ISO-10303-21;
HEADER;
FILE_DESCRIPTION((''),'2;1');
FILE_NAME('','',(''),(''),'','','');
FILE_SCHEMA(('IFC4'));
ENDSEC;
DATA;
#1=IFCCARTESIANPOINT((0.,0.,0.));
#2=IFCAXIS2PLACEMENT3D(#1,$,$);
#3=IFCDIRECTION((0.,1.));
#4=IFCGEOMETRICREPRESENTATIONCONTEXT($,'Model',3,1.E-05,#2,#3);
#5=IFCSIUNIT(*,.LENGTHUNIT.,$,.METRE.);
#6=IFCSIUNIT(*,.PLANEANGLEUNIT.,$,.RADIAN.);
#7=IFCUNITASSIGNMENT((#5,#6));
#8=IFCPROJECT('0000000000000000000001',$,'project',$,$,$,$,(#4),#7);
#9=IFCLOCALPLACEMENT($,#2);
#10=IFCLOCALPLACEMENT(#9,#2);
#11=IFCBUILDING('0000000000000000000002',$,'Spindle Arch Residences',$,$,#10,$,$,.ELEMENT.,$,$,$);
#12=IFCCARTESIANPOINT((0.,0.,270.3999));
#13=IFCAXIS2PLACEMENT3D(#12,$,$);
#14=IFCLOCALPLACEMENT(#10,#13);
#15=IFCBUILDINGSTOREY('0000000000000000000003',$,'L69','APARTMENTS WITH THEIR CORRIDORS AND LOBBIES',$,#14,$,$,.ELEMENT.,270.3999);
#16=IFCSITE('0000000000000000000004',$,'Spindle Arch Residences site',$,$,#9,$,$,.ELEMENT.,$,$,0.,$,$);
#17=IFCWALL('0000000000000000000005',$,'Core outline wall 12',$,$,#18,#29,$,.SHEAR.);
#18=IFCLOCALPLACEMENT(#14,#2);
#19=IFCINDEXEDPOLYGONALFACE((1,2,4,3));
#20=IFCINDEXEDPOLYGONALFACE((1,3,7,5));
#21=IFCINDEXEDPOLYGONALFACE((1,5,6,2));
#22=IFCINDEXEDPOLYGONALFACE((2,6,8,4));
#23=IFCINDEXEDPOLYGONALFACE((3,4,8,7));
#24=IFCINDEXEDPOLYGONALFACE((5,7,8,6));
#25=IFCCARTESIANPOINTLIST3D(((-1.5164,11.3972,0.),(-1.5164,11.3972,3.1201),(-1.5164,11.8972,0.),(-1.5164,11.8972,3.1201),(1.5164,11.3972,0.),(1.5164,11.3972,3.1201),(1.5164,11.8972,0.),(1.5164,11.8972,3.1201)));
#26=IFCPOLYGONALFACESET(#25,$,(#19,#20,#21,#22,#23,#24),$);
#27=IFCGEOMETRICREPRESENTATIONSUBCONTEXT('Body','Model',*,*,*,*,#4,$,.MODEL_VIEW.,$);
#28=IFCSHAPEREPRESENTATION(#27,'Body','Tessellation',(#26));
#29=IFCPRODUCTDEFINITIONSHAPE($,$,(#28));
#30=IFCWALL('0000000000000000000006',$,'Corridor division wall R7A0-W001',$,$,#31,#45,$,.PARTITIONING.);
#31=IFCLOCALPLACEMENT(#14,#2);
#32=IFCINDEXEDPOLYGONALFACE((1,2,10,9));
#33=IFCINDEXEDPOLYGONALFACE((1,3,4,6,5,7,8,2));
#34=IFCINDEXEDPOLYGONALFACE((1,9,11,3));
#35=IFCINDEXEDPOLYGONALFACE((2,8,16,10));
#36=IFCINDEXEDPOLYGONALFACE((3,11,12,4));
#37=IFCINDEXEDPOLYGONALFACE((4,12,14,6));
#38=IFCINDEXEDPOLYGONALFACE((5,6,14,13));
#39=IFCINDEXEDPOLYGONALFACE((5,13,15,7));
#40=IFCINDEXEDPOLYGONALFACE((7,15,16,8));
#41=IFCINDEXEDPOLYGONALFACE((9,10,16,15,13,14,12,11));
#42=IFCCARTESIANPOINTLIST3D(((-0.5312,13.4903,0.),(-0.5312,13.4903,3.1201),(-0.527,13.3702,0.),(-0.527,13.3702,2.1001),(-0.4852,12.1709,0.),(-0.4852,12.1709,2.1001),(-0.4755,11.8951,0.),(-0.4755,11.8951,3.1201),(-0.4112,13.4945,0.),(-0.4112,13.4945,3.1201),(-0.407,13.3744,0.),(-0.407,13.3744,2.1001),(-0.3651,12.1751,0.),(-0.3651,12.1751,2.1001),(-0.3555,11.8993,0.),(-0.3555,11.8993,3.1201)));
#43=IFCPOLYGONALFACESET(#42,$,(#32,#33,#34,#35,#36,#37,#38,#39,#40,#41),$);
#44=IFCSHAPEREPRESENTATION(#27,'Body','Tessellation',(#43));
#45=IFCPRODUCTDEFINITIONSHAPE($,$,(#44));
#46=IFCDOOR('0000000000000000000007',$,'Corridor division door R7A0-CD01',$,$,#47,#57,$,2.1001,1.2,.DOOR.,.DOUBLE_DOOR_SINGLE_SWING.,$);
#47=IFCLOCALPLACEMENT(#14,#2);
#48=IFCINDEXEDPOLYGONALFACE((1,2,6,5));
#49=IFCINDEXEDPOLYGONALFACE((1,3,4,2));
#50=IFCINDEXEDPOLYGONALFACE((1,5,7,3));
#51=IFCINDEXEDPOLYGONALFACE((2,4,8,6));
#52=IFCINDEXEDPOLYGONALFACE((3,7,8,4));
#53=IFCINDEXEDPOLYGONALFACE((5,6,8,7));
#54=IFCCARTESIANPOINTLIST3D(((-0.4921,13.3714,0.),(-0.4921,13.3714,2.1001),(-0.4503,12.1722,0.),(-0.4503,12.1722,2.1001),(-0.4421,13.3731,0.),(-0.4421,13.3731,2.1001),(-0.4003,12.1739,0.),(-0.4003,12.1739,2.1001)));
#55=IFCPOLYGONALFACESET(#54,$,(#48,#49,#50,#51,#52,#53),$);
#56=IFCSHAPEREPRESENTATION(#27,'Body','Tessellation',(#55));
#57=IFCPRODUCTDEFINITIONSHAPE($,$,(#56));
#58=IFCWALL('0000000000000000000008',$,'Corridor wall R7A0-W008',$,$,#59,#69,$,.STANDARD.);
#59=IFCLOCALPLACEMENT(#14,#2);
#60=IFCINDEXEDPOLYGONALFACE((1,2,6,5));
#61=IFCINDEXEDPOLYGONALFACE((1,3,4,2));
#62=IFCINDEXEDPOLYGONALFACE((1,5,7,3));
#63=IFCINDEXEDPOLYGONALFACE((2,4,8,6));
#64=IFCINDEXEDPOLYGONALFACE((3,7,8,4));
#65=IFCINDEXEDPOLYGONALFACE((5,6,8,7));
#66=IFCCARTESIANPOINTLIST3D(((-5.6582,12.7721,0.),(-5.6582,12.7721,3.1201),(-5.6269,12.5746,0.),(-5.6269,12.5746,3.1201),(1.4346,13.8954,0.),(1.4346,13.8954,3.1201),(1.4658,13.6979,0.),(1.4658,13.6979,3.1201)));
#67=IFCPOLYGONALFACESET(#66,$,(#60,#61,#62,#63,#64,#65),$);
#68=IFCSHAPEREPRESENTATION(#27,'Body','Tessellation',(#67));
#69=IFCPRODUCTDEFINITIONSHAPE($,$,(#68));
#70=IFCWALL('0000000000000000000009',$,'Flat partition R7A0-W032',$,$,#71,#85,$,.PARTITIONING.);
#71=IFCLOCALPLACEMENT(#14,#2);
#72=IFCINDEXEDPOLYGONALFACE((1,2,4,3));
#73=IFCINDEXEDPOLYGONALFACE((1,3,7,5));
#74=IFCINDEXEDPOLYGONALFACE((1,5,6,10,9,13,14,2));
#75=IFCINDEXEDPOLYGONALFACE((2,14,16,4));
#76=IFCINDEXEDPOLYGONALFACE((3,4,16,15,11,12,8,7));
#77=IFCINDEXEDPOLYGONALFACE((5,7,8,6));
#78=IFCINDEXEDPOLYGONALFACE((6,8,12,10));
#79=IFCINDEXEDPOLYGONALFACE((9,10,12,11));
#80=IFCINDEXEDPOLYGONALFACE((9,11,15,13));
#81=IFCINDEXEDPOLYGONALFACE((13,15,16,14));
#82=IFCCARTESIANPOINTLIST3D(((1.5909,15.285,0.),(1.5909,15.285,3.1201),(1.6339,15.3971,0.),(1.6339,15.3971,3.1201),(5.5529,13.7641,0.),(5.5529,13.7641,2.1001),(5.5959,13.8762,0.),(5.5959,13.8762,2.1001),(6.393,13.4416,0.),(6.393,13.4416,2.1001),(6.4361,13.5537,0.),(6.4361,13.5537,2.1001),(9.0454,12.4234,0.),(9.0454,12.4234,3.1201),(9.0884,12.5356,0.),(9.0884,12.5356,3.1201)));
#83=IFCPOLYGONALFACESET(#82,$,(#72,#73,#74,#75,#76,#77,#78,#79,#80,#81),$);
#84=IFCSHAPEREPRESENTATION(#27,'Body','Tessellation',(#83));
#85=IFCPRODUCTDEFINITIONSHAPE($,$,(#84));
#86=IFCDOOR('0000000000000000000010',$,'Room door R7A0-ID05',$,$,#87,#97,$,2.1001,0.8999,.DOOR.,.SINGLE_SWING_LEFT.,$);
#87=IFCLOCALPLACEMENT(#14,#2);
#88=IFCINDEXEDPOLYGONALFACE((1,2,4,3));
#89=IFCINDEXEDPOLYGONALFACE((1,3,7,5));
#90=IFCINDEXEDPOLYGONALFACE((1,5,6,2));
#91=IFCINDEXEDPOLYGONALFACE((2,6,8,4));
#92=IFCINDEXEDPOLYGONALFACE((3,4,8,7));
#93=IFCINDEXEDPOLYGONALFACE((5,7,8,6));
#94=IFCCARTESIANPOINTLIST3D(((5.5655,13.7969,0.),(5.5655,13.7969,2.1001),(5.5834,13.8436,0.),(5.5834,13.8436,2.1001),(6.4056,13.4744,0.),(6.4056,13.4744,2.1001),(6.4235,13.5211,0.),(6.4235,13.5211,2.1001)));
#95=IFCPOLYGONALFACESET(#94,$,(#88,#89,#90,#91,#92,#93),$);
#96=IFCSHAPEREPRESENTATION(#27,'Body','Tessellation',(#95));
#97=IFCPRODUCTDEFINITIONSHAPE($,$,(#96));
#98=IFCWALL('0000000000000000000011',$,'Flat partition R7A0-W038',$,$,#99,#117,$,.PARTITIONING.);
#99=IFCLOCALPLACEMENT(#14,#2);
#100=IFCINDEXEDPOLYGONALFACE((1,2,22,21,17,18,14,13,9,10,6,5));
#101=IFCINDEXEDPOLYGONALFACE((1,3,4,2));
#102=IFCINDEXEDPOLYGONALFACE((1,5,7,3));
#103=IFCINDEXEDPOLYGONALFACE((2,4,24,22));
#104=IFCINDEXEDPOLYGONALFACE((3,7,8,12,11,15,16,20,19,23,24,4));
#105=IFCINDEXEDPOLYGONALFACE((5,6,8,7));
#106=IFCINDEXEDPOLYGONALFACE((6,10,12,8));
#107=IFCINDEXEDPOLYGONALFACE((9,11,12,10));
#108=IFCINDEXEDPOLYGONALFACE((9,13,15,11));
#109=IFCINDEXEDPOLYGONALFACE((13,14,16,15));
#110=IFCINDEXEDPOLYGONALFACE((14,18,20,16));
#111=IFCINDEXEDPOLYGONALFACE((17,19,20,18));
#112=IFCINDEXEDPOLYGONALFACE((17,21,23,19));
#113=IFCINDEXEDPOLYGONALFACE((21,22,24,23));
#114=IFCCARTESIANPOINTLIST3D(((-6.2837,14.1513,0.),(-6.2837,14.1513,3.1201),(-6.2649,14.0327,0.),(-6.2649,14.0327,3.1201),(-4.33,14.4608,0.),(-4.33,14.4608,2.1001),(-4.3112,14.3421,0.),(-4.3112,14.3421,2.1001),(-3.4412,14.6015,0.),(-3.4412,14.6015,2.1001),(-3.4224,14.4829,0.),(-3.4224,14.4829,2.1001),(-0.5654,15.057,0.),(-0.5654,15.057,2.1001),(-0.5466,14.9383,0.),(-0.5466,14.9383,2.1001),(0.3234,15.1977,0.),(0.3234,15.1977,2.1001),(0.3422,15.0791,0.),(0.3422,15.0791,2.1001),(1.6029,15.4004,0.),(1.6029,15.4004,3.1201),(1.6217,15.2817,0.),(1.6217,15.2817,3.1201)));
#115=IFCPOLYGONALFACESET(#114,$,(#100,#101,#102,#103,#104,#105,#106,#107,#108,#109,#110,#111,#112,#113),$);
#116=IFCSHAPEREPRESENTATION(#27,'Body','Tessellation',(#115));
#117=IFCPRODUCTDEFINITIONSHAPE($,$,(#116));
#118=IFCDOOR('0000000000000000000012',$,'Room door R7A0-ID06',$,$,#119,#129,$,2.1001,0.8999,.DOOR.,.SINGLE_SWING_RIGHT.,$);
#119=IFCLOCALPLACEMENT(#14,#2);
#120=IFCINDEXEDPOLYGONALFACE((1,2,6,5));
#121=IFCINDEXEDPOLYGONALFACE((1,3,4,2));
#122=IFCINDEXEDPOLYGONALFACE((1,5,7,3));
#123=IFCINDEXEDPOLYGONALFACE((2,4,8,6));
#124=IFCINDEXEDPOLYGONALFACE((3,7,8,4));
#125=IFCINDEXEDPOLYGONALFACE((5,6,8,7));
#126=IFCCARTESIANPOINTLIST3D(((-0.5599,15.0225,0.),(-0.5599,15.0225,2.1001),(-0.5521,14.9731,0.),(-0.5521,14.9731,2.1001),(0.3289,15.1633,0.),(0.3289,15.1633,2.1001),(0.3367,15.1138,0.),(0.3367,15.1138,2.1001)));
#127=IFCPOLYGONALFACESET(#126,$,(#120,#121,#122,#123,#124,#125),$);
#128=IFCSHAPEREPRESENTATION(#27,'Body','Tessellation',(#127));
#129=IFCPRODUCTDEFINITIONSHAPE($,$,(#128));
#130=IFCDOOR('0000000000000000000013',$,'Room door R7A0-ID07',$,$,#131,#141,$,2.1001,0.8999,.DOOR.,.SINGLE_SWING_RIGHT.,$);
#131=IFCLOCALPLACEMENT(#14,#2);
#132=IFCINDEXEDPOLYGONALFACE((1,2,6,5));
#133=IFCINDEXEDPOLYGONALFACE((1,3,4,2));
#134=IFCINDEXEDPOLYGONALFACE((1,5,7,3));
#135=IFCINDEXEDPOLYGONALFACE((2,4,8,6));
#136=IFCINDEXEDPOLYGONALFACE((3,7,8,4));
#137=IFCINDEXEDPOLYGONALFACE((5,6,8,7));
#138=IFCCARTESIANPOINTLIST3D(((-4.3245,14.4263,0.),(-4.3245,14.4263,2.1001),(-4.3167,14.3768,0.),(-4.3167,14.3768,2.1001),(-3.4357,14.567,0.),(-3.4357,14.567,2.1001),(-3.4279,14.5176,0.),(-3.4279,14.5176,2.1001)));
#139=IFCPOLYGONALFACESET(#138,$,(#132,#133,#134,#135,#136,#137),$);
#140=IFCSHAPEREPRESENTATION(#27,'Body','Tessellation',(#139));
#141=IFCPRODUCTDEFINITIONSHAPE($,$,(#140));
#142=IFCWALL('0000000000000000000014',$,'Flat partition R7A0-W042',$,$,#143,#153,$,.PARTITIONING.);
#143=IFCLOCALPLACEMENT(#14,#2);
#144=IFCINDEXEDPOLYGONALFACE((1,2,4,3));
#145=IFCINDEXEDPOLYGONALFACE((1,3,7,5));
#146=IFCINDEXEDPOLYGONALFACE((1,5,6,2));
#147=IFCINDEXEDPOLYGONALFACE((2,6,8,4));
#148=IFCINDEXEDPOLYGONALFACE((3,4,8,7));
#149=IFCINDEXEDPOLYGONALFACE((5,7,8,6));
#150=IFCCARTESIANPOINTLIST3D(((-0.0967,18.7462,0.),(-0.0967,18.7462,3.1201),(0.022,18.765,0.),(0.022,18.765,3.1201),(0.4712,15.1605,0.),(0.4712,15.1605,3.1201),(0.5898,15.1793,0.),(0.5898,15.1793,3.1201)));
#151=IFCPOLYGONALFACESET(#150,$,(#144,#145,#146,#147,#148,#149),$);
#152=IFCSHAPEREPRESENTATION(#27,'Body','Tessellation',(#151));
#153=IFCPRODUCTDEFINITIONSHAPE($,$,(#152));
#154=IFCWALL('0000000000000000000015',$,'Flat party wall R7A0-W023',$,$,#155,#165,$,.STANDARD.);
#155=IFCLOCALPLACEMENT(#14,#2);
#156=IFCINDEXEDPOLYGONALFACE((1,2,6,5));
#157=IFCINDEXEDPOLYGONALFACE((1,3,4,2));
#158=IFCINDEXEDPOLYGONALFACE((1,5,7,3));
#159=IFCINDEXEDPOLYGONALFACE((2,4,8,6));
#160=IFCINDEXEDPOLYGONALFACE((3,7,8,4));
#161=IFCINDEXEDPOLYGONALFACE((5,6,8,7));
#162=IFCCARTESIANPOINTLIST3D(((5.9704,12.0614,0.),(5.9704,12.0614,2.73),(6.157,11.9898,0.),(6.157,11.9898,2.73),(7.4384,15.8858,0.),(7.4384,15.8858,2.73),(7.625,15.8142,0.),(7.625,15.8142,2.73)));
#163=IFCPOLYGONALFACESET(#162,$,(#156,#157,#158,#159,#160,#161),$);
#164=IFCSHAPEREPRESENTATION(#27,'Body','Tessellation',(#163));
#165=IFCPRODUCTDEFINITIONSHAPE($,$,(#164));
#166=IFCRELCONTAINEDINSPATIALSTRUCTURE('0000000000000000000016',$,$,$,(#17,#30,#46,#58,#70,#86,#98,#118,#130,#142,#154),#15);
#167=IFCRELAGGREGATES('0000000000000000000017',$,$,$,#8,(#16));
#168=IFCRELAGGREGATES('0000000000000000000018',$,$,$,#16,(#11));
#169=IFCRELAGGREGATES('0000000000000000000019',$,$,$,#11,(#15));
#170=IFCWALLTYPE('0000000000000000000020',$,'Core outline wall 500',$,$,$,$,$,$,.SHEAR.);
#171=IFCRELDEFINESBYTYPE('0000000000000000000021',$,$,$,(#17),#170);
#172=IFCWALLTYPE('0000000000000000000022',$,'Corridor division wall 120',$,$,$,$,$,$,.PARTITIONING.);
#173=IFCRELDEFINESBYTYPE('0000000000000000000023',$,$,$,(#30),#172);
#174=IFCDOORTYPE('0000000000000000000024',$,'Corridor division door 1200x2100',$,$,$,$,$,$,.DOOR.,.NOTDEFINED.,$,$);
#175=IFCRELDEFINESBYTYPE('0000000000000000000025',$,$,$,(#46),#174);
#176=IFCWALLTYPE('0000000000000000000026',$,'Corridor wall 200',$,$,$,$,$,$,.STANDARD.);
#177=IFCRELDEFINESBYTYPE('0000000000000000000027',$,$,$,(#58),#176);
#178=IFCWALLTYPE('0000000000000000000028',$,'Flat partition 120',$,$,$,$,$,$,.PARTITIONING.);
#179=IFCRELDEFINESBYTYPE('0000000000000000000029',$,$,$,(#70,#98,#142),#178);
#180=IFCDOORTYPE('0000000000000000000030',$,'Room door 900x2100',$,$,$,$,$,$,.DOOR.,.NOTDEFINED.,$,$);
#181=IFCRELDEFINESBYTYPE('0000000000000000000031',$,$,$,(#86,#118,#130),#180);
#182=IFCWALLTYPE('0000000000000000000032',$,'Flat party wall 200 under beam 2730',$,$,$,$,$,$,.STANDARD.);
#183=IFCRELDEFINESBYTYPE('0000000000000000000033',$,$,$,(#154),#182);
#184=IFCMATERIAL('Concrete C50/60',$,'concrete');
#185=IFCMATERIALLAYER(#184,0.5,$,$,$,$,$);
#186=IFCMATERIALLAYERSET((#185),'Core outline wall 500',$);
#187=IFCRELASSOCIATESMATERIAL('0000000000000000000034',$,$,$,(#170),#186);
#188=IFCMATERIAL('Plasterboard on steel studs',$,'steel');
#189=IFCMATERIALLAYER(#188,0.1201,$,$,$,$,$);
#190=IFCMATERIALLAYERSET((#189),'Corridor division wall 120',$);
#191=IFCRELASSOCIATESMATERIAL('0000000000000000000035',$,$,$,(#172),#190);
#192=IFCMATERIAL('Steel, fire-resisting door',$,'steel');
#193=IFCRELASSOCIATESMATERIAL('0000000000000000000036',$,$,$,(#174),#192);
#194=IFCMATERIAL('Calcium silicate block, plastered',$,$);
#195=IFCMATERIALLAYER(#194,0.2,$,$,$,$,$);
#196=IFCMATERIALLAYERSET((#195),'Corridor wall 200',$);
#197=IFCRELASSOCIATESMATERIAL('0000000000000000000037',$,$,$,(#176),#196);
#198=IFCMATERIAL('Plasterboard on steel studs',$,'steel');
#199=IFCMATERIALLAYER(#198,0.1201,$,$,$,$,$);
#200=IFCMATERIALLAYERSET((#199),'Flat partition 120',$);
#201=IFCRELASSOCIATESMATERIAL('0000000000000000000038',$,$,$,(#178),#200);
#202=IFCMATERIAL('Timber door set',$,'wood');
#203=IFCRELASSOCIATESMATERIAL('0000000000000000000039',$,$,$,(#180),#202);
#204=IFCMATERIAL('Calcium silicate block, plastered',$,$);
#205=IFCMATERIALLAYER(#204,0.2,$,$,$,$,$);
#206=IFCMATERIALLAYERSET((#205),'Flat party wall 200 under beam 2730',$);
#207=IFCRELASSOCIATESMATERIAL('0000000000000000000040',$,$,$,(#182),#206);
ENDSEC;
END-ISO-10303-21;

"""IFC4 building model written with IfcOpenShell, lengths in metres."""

from ifc_helpers import new_model, si_unit, direction, frame, frame_2d, origin, place, context, subcontext, project, spatial, rectangle, extrude, material, layer, layer_set, type_object, element, fill, save


model = new_model("IFC4")

# Units and contexts
model_context = context("Model", 3, precision=1e-05, world=origin(), true_north=direction((0.0, 1.0)))
body_context = subcontext(model_context, "Body", "Model", "MODEL_VIEW")
ifc_project = project(units=[si_unit("LENGTHUNIT", "METRE"), si_unit("PLANEANGLEUNIT", "RADIAN")], contexts=[model_context])

# Site, building, storey
site_placement = place(None, origin())
site = spatial("IfcSite", under=ifc_project, at=site_placement, Name="Spindle Arch Residences site", CompositionType="ELEMENT", RefElevation=0.0)
building_placement = place(site_placement, origin())
building = spatial("IfcBuilding", under=site, at=building_placement, Name="Spindle Arch Residences", CompositionType="ELEMENT")
storey_placement = place(building_placement, frame((0.0, 0.0, 270.3999)))
storey = spatial("IfcBuildingStorey", under=building, at=storey_placement, Name="L69", Description="APARTMENTS WITH THEIR CORRIDORS AND LOBBIES", CompositionType="ELEMENT", Elevation=270.3999)

# Wall
ifc_material_1 = material(Name="Concrete C50/60", Category="concrete")
ifc_layer_1 = layer(ifc_material_1, 0.5)
ifc_layer_set_1 = layer_set([ifc_layer_1], Name="Core outline wall 500")
wall_type_1 = type_object("IfcWallType", Name="Core outline wall 500", PredefinedType="SHEAR", material=ifc_layer_set_1)
wall_1_placement = place(storey_placement, frame((1.5164, 11.6472, 0.0), z_axis=(0.0, 0.0, 1.0), x_axis=(-1.0, 0.0, 0.0)))
element("IfcWall", 1, at=wall_1_placement, inside=storey, type_object=wall_type_1, Name="Core outline wall 12", PredefinedType="SHEAR", context=body_context, shape_type="SweptSolid", body=[
    extrude(rectangle(XDim=3.0327, YDim=0.5, at=frame_2d((1.5164, 0.0))), origin(), (0.0, 0.0, 1.0), 3.1201),
])

# Wall, opening, door
ifc_material_2 = material(Name="Plasterboard on steel studs", Category="steel")
ifc_layer_2 = layer(ifc_material_2, 0.1201)
ifc_layer_set_2 = layer_set([ifc_layer_2], Name="Corridor division wall 120")
wall_type_2 = type_object("IfcWallType", Name="Corridor division wall 120", PredefinedType="PARTITIONING", material=ifc_layer_set_2)
wall_2_placement = place(storey_placement, frame((-0.4712, 13.4924, 0.0), z_axis=(0.0, 0.0, 1.0), x_axis=(0.034873, -0.999392, 0.0)))
wall_2 = element("IfcWall", 2, at=wall_2_placement, inside=storey, type_object=wall_type_2, Name="Corridor division wall R7A0-W001", PredefinedType="PARTITIONING", context=body_context, shape_type="SweptSolid", body=[
    extrude(rectangle(XDim=1.5962, YDim=0.1201, at=frame_2d((0.7981, 0.0))), origin(), (0.0, 0.0, 1.0), 3.1201),
])
opening_1_placement = place(wall_2_placement, frame((0.1201, 0.0, 0.0)))
opening_1 = element("IfcOpeningElement", 3, at=opening_1_placement, cuts=wall_2, PredefinedType="OPENING", context=body_context, shape_type="SweptSolid", body=[
    extrude(rectangle(XDim=1.2, YDim=2.1001, at=frame_2d((0.6001, 1.05))), frame((0.0, 0.0701, 0.0), z_axis=(0.0, -1.0, 0.0), x_axis=(1.0, 0.0, 0.0)), (0.0, 0.0, 1.0), 0.1401),
])
ifc_material_3 = material(Name="Steel, fire-resisting door", Category="steel")
door_type_1 = type_object("IfcDoorType", Name="Corridor division door 1200x2100", OperationType="NOTDEFINED", PredefinedType="DOOR", material=ifc_material_3)
door_1_placement = place(opening_1_placement, origin())
door_1 = element("IfcDoor", 4, at=door_1_placement, inside=storey, type_object=door_type_1, Name="Corridor division door R7A0-CD01", OperationType="DOUBLE_DOOR_SINGLE_SWING", OverallHeight=2.1001, OverallWidth=1.2, PredefinedType="DOOR", context=body_context, shape_type="SweptSolid", body=[
    extrude(rectangle(XDim=1.2, YDim=2.1001, at=frame_2d((0.6001, 1.05))), frame((0.0, 0.0249, 0.0), z_axis=(0.0, -1.0, 0.0), x_axis=(1.0, 0.0, 0.0)), (0.0, 0.0, 1.0), 0.05),
])
fill(opening_1, door_1)

# Wall
ifc_material_4 = material(Name="Calcium silicate block, plastered")
ifc_layer_3 = layer(ifc_material_4, 0.2)
ifc_layer_set_3 = layer_set([ifc_layer_3], Name="Corridor wall 200")
wall_type_3 = type_object("IfcWallType", Name="Corridor wall 200", PredefinedType="STANDARD", material=ifc_layer_set_3)
wall_3_placement = place(storey_placement, frame((1.4502, 13.7966, 0.0), z_axis=(0.0, 0.0, 1.0), x_axis=(-0.98769, -0.156422, 0.0)))
element("IfcWall", 5, at=wall_3_placement, inside=storey, type_object=wall_type_3, Name="Corridor wall R7A0-W008", PredefinedType="STANDARD", context=body_context, shape_type="SweptSolid", body=[
    extrude(rectangle(XDim=7.1812, YDim=0.2, at=frame_2d((3.5906, 0.0))), origin(), (0.0, 0.0, 1.0), 3.1201),
])

# Wall, opening, door
ifc_material_5 = material(Name="Plasterboard on steel studs", Category="steel")
ifc_layer_4 = layer(ifc_material_5, 0.1201)
ifc_layer_set_4 = layer_set([ifc_layer_4], Name="Flat partition 120")
wall_type_4 = type_object("IfcWallType", Name="Flat partition 120", PredefinedType="PARTITIONING", material=ifc_layer_set_4)
wall_4_placement = place(storey_placement, frame((9.0669, 12.4795, 0.0), z_axis=(0.0, 0.0, 1.0), x_axis=(-0.933579, 0.35837, 0.0)))
wall_4 = element("IfcWall", 6, at=wall_4_placement, inside=storey, type_object=wall_type_4, Name="Flat partition R7A0-W032", PredefinedType="PARTITIONING", context=body_context, shape_type="SweptSolid", body=[
    extrude(rectangle(XDim=7.9849, YDim=0.1201, at=frame_2d((3.9924, 0.0))), origin(), (0.0, 0.0, 1.0), 3.1201),
])
opening_2_placement = place(wall_4_placement, frame((2.8411, 0.0, 0.0)))
opening_2 = element("IfcOpeningElement", 7, at=opening_2_placement, cuts=wall_4, PredefinedType="OPENING", context=body_context, shape_type="SweptSolid", body=[
    extrude(rectangle(XDim=0.8999, YDim=2.1001, at=frame_2d((0.45, 1.05))), frame((0.0, 0.0701, 0.0), z_axis=(0.0, -1.0, 0.0), x_axis=(1.0, 0.0, 0.0)), (0.0, 0.0, 1.0), 0.1401),
])
ifc_material_6 = material(Name="Timber door set", Category="wood")
door_type_2 = type_object("IfcDoorType", Name="Room door 900x2100", OperationType="NOTDEFINED", PredefinedType="DOOR", material=ifc_material_6)
door_2_placement = place(opening_2_placement, origin())
door_2 = element("IfcDoor", 8, at=door_2_placement, inside=storey, type_object=door_type_2, Name="Room door R7A0-ID05", OperationType="SINGLE_SWING_LEFT", OverallHeight=2.1001, OverallWidth=0.8999, PredefinedType="DOOR", context=body_context, shape_type="SweptSolid", body=[
    extrude(rectangle(XDim=0.8999, YDim=2.1001, at=frame_2d((0.45, 1.05))), frame((0.0, 0.0249, 0.0), z_axis=(0.0, -1.0, 0.0), x_axis=(1.0, 0.0, 0.0)), (0.0, 0.0, 1.0), 0.05),
])
fill(opening_2, door_2)

# Wall, openings, doors
wall_5_placement = place(storey_placement, frame((1.6123, 15.3411, 0.0), z_axis=(0.0, 0.0, 1.0), x_axis=(-0.98769, -0.156426, 0.0)))
wall_5 = element("IfcWall", 9, at=wall_5_placement, inside=storey, type_object=wall_type_4, Name="Flat partition R7A0-W038", PredefinedType="PARTITIONING", context=body_context, shape_type="SweptSolid", body=[
    extrude(rectangle(XDim=7.9849, YDim=0.1201, at=frame_2d((3.9924, 0.0))), origin(), (0.0, 0.0, 1.0), 3.1201),
])
opening_3_placement = place(wall_5_placement, frame((1.2954, 0.0, 0.0)))
opening_3 = element("IfcOpeningElement", 10, at=opening_3_placement, cuts=wall_5, PredefinedType="OPENING", context=body_context, shape_type="SweptSolid", body=[
    extrude(rectangle(XDim=0.8999, YDim=2.1001, at=frame_2d((0.45, 1.05))), frame((0.0, 0.0701, 0.0), z_axis=(0.0, -1.0, 0.0), x_axis=(1.0, 0.0, 0.0)), (0.0, 0.0, 1.0), 0.1401),
])
opening_4_placement = place(wall_5_placement, frame((5.1069, 0.0, 0.0)))
opening_4 = element("IfcOpeningElement", 11, at=opening_4_placement, cuts=wall_5, PredefinedType="OPENING", context=body_context, shape_type="SweptSolid", body=[
    extrude(rectangle(XDim=0.8999, YDim=2.1001, at=frame_2d((0.45, 1.05))), frame((0.0, 0.0701, 0.0), z_axis=(0.0, -1.0, 0.0), x_axis=(1.0, 0.0, 0.0)), (0.0, 0.0, 1.0), 0.1401),
])
door_3_placement = place(opening_3_placement, origin())
door_3 = element("IfcDoor", 12, at=door_3_placement, inside=storey, type_object=door_type_2, Name="Room door R7A0-ID06", OperationType="SINGLE_SWING_RIGHT", OverallHeight=2.1001, OverallWidth=0.8999, PredefinedType="DOOR", context=body_context, shape_type="SweptSolid", body=[
    extrude(rectangle(XDim=0.8999, YDim=2.1001, at=frame_2d((0.45, 1.05))), frame((0.0, 0.0249, 0.0), z_axis=(0.0, -1.0, 0.0), x_axis=(1.0, 0.0, 0.0)), (0.0, 0.0, 1.0), 0.05),
])
fill(opening_3, door_3)
door_4_placement = place(opening_4_placement, origin())
door_4 = element("IfcDoor", 13, at=door_4_placement, inside=storey, type_object=door_type_2, Name="Room door R7A0-ID07", OperationType="SINGLE_SWING_RIGHT", OverallHeight=2.1001, OverallWidth=0.8999, PredefinedType="DOOR", context=body_context, shape_type="SweptSolid", body=[
    extrude(rectangle(XDim=0.8999, YDim=2.1001, at=frame_2d((0.45, 1.05))), frame((0.0, 0.0249, 0.0), z_axis=(0.0, -1.0, 0.0), x_axis=(1.0, 0.0, 0.0)), (0.0, 0.0, 1.0), 0.05),
])
fill(opening_4, door_4)

# Walls
wall_6_placement = place(storey_placement, frame((-0.0374, 18.7556, 0.0), z_axis=(0.0, 0.0, 1.0), x_axis=(0.156422, -0.98769, 0.0)))
element("IfcWall", 14, at=wall_6_placement, inside=storey, type_object=wall_type_4, Name="Flat partition R7A0-W042", PredefinedType="PARTITIONING", context=body_context, shape_type="SweptSolid", body=[
    extrude(rectangle(XDim=3.6304, YDim=0.1201, at=frame_2d((1.8152, 0.0))), origin(), (0.0, 0.0, 1.0), 3.1201),
])
ifc_material_7 = material(Name="Calcium silicate block, plastered")
ifc_layer_5 = layer(ifc_material_7, 0.2)
ifc_layer_set_5 = layer_set([ifc_layer_5], Name="Flat party wall 200 under beam 2730")
wall_type_5 = type_object("IfcWallType", Name="Flat party wall 200 under beam 2730", PredefinedType="STANDARD", material=ifc_layer_set_5)
wall_7_placement = place(storey_placement, frame((7.5317, 15.8501, 0.0), z_axis=(0.0, 0.0, 1.0), x_axis=(-0.358356, -0.933585, 0.0)))
element("IfcWall", 15, at=wall_7_placement, inside=storey, type_object=wall_type_5, Name="Flat party wall R7A0-W023", PredefinedType="STANDARD", context=body_context, shape_type="SweptSolid", body=[
    extrude(rectangle(XDim=4.0964, YDim=0.2, at=frame_2d((2.0483, 0.0))), origin(), (0.0, 0.0, 1.0), 2.73),
])

save(model, "model.ifc")
